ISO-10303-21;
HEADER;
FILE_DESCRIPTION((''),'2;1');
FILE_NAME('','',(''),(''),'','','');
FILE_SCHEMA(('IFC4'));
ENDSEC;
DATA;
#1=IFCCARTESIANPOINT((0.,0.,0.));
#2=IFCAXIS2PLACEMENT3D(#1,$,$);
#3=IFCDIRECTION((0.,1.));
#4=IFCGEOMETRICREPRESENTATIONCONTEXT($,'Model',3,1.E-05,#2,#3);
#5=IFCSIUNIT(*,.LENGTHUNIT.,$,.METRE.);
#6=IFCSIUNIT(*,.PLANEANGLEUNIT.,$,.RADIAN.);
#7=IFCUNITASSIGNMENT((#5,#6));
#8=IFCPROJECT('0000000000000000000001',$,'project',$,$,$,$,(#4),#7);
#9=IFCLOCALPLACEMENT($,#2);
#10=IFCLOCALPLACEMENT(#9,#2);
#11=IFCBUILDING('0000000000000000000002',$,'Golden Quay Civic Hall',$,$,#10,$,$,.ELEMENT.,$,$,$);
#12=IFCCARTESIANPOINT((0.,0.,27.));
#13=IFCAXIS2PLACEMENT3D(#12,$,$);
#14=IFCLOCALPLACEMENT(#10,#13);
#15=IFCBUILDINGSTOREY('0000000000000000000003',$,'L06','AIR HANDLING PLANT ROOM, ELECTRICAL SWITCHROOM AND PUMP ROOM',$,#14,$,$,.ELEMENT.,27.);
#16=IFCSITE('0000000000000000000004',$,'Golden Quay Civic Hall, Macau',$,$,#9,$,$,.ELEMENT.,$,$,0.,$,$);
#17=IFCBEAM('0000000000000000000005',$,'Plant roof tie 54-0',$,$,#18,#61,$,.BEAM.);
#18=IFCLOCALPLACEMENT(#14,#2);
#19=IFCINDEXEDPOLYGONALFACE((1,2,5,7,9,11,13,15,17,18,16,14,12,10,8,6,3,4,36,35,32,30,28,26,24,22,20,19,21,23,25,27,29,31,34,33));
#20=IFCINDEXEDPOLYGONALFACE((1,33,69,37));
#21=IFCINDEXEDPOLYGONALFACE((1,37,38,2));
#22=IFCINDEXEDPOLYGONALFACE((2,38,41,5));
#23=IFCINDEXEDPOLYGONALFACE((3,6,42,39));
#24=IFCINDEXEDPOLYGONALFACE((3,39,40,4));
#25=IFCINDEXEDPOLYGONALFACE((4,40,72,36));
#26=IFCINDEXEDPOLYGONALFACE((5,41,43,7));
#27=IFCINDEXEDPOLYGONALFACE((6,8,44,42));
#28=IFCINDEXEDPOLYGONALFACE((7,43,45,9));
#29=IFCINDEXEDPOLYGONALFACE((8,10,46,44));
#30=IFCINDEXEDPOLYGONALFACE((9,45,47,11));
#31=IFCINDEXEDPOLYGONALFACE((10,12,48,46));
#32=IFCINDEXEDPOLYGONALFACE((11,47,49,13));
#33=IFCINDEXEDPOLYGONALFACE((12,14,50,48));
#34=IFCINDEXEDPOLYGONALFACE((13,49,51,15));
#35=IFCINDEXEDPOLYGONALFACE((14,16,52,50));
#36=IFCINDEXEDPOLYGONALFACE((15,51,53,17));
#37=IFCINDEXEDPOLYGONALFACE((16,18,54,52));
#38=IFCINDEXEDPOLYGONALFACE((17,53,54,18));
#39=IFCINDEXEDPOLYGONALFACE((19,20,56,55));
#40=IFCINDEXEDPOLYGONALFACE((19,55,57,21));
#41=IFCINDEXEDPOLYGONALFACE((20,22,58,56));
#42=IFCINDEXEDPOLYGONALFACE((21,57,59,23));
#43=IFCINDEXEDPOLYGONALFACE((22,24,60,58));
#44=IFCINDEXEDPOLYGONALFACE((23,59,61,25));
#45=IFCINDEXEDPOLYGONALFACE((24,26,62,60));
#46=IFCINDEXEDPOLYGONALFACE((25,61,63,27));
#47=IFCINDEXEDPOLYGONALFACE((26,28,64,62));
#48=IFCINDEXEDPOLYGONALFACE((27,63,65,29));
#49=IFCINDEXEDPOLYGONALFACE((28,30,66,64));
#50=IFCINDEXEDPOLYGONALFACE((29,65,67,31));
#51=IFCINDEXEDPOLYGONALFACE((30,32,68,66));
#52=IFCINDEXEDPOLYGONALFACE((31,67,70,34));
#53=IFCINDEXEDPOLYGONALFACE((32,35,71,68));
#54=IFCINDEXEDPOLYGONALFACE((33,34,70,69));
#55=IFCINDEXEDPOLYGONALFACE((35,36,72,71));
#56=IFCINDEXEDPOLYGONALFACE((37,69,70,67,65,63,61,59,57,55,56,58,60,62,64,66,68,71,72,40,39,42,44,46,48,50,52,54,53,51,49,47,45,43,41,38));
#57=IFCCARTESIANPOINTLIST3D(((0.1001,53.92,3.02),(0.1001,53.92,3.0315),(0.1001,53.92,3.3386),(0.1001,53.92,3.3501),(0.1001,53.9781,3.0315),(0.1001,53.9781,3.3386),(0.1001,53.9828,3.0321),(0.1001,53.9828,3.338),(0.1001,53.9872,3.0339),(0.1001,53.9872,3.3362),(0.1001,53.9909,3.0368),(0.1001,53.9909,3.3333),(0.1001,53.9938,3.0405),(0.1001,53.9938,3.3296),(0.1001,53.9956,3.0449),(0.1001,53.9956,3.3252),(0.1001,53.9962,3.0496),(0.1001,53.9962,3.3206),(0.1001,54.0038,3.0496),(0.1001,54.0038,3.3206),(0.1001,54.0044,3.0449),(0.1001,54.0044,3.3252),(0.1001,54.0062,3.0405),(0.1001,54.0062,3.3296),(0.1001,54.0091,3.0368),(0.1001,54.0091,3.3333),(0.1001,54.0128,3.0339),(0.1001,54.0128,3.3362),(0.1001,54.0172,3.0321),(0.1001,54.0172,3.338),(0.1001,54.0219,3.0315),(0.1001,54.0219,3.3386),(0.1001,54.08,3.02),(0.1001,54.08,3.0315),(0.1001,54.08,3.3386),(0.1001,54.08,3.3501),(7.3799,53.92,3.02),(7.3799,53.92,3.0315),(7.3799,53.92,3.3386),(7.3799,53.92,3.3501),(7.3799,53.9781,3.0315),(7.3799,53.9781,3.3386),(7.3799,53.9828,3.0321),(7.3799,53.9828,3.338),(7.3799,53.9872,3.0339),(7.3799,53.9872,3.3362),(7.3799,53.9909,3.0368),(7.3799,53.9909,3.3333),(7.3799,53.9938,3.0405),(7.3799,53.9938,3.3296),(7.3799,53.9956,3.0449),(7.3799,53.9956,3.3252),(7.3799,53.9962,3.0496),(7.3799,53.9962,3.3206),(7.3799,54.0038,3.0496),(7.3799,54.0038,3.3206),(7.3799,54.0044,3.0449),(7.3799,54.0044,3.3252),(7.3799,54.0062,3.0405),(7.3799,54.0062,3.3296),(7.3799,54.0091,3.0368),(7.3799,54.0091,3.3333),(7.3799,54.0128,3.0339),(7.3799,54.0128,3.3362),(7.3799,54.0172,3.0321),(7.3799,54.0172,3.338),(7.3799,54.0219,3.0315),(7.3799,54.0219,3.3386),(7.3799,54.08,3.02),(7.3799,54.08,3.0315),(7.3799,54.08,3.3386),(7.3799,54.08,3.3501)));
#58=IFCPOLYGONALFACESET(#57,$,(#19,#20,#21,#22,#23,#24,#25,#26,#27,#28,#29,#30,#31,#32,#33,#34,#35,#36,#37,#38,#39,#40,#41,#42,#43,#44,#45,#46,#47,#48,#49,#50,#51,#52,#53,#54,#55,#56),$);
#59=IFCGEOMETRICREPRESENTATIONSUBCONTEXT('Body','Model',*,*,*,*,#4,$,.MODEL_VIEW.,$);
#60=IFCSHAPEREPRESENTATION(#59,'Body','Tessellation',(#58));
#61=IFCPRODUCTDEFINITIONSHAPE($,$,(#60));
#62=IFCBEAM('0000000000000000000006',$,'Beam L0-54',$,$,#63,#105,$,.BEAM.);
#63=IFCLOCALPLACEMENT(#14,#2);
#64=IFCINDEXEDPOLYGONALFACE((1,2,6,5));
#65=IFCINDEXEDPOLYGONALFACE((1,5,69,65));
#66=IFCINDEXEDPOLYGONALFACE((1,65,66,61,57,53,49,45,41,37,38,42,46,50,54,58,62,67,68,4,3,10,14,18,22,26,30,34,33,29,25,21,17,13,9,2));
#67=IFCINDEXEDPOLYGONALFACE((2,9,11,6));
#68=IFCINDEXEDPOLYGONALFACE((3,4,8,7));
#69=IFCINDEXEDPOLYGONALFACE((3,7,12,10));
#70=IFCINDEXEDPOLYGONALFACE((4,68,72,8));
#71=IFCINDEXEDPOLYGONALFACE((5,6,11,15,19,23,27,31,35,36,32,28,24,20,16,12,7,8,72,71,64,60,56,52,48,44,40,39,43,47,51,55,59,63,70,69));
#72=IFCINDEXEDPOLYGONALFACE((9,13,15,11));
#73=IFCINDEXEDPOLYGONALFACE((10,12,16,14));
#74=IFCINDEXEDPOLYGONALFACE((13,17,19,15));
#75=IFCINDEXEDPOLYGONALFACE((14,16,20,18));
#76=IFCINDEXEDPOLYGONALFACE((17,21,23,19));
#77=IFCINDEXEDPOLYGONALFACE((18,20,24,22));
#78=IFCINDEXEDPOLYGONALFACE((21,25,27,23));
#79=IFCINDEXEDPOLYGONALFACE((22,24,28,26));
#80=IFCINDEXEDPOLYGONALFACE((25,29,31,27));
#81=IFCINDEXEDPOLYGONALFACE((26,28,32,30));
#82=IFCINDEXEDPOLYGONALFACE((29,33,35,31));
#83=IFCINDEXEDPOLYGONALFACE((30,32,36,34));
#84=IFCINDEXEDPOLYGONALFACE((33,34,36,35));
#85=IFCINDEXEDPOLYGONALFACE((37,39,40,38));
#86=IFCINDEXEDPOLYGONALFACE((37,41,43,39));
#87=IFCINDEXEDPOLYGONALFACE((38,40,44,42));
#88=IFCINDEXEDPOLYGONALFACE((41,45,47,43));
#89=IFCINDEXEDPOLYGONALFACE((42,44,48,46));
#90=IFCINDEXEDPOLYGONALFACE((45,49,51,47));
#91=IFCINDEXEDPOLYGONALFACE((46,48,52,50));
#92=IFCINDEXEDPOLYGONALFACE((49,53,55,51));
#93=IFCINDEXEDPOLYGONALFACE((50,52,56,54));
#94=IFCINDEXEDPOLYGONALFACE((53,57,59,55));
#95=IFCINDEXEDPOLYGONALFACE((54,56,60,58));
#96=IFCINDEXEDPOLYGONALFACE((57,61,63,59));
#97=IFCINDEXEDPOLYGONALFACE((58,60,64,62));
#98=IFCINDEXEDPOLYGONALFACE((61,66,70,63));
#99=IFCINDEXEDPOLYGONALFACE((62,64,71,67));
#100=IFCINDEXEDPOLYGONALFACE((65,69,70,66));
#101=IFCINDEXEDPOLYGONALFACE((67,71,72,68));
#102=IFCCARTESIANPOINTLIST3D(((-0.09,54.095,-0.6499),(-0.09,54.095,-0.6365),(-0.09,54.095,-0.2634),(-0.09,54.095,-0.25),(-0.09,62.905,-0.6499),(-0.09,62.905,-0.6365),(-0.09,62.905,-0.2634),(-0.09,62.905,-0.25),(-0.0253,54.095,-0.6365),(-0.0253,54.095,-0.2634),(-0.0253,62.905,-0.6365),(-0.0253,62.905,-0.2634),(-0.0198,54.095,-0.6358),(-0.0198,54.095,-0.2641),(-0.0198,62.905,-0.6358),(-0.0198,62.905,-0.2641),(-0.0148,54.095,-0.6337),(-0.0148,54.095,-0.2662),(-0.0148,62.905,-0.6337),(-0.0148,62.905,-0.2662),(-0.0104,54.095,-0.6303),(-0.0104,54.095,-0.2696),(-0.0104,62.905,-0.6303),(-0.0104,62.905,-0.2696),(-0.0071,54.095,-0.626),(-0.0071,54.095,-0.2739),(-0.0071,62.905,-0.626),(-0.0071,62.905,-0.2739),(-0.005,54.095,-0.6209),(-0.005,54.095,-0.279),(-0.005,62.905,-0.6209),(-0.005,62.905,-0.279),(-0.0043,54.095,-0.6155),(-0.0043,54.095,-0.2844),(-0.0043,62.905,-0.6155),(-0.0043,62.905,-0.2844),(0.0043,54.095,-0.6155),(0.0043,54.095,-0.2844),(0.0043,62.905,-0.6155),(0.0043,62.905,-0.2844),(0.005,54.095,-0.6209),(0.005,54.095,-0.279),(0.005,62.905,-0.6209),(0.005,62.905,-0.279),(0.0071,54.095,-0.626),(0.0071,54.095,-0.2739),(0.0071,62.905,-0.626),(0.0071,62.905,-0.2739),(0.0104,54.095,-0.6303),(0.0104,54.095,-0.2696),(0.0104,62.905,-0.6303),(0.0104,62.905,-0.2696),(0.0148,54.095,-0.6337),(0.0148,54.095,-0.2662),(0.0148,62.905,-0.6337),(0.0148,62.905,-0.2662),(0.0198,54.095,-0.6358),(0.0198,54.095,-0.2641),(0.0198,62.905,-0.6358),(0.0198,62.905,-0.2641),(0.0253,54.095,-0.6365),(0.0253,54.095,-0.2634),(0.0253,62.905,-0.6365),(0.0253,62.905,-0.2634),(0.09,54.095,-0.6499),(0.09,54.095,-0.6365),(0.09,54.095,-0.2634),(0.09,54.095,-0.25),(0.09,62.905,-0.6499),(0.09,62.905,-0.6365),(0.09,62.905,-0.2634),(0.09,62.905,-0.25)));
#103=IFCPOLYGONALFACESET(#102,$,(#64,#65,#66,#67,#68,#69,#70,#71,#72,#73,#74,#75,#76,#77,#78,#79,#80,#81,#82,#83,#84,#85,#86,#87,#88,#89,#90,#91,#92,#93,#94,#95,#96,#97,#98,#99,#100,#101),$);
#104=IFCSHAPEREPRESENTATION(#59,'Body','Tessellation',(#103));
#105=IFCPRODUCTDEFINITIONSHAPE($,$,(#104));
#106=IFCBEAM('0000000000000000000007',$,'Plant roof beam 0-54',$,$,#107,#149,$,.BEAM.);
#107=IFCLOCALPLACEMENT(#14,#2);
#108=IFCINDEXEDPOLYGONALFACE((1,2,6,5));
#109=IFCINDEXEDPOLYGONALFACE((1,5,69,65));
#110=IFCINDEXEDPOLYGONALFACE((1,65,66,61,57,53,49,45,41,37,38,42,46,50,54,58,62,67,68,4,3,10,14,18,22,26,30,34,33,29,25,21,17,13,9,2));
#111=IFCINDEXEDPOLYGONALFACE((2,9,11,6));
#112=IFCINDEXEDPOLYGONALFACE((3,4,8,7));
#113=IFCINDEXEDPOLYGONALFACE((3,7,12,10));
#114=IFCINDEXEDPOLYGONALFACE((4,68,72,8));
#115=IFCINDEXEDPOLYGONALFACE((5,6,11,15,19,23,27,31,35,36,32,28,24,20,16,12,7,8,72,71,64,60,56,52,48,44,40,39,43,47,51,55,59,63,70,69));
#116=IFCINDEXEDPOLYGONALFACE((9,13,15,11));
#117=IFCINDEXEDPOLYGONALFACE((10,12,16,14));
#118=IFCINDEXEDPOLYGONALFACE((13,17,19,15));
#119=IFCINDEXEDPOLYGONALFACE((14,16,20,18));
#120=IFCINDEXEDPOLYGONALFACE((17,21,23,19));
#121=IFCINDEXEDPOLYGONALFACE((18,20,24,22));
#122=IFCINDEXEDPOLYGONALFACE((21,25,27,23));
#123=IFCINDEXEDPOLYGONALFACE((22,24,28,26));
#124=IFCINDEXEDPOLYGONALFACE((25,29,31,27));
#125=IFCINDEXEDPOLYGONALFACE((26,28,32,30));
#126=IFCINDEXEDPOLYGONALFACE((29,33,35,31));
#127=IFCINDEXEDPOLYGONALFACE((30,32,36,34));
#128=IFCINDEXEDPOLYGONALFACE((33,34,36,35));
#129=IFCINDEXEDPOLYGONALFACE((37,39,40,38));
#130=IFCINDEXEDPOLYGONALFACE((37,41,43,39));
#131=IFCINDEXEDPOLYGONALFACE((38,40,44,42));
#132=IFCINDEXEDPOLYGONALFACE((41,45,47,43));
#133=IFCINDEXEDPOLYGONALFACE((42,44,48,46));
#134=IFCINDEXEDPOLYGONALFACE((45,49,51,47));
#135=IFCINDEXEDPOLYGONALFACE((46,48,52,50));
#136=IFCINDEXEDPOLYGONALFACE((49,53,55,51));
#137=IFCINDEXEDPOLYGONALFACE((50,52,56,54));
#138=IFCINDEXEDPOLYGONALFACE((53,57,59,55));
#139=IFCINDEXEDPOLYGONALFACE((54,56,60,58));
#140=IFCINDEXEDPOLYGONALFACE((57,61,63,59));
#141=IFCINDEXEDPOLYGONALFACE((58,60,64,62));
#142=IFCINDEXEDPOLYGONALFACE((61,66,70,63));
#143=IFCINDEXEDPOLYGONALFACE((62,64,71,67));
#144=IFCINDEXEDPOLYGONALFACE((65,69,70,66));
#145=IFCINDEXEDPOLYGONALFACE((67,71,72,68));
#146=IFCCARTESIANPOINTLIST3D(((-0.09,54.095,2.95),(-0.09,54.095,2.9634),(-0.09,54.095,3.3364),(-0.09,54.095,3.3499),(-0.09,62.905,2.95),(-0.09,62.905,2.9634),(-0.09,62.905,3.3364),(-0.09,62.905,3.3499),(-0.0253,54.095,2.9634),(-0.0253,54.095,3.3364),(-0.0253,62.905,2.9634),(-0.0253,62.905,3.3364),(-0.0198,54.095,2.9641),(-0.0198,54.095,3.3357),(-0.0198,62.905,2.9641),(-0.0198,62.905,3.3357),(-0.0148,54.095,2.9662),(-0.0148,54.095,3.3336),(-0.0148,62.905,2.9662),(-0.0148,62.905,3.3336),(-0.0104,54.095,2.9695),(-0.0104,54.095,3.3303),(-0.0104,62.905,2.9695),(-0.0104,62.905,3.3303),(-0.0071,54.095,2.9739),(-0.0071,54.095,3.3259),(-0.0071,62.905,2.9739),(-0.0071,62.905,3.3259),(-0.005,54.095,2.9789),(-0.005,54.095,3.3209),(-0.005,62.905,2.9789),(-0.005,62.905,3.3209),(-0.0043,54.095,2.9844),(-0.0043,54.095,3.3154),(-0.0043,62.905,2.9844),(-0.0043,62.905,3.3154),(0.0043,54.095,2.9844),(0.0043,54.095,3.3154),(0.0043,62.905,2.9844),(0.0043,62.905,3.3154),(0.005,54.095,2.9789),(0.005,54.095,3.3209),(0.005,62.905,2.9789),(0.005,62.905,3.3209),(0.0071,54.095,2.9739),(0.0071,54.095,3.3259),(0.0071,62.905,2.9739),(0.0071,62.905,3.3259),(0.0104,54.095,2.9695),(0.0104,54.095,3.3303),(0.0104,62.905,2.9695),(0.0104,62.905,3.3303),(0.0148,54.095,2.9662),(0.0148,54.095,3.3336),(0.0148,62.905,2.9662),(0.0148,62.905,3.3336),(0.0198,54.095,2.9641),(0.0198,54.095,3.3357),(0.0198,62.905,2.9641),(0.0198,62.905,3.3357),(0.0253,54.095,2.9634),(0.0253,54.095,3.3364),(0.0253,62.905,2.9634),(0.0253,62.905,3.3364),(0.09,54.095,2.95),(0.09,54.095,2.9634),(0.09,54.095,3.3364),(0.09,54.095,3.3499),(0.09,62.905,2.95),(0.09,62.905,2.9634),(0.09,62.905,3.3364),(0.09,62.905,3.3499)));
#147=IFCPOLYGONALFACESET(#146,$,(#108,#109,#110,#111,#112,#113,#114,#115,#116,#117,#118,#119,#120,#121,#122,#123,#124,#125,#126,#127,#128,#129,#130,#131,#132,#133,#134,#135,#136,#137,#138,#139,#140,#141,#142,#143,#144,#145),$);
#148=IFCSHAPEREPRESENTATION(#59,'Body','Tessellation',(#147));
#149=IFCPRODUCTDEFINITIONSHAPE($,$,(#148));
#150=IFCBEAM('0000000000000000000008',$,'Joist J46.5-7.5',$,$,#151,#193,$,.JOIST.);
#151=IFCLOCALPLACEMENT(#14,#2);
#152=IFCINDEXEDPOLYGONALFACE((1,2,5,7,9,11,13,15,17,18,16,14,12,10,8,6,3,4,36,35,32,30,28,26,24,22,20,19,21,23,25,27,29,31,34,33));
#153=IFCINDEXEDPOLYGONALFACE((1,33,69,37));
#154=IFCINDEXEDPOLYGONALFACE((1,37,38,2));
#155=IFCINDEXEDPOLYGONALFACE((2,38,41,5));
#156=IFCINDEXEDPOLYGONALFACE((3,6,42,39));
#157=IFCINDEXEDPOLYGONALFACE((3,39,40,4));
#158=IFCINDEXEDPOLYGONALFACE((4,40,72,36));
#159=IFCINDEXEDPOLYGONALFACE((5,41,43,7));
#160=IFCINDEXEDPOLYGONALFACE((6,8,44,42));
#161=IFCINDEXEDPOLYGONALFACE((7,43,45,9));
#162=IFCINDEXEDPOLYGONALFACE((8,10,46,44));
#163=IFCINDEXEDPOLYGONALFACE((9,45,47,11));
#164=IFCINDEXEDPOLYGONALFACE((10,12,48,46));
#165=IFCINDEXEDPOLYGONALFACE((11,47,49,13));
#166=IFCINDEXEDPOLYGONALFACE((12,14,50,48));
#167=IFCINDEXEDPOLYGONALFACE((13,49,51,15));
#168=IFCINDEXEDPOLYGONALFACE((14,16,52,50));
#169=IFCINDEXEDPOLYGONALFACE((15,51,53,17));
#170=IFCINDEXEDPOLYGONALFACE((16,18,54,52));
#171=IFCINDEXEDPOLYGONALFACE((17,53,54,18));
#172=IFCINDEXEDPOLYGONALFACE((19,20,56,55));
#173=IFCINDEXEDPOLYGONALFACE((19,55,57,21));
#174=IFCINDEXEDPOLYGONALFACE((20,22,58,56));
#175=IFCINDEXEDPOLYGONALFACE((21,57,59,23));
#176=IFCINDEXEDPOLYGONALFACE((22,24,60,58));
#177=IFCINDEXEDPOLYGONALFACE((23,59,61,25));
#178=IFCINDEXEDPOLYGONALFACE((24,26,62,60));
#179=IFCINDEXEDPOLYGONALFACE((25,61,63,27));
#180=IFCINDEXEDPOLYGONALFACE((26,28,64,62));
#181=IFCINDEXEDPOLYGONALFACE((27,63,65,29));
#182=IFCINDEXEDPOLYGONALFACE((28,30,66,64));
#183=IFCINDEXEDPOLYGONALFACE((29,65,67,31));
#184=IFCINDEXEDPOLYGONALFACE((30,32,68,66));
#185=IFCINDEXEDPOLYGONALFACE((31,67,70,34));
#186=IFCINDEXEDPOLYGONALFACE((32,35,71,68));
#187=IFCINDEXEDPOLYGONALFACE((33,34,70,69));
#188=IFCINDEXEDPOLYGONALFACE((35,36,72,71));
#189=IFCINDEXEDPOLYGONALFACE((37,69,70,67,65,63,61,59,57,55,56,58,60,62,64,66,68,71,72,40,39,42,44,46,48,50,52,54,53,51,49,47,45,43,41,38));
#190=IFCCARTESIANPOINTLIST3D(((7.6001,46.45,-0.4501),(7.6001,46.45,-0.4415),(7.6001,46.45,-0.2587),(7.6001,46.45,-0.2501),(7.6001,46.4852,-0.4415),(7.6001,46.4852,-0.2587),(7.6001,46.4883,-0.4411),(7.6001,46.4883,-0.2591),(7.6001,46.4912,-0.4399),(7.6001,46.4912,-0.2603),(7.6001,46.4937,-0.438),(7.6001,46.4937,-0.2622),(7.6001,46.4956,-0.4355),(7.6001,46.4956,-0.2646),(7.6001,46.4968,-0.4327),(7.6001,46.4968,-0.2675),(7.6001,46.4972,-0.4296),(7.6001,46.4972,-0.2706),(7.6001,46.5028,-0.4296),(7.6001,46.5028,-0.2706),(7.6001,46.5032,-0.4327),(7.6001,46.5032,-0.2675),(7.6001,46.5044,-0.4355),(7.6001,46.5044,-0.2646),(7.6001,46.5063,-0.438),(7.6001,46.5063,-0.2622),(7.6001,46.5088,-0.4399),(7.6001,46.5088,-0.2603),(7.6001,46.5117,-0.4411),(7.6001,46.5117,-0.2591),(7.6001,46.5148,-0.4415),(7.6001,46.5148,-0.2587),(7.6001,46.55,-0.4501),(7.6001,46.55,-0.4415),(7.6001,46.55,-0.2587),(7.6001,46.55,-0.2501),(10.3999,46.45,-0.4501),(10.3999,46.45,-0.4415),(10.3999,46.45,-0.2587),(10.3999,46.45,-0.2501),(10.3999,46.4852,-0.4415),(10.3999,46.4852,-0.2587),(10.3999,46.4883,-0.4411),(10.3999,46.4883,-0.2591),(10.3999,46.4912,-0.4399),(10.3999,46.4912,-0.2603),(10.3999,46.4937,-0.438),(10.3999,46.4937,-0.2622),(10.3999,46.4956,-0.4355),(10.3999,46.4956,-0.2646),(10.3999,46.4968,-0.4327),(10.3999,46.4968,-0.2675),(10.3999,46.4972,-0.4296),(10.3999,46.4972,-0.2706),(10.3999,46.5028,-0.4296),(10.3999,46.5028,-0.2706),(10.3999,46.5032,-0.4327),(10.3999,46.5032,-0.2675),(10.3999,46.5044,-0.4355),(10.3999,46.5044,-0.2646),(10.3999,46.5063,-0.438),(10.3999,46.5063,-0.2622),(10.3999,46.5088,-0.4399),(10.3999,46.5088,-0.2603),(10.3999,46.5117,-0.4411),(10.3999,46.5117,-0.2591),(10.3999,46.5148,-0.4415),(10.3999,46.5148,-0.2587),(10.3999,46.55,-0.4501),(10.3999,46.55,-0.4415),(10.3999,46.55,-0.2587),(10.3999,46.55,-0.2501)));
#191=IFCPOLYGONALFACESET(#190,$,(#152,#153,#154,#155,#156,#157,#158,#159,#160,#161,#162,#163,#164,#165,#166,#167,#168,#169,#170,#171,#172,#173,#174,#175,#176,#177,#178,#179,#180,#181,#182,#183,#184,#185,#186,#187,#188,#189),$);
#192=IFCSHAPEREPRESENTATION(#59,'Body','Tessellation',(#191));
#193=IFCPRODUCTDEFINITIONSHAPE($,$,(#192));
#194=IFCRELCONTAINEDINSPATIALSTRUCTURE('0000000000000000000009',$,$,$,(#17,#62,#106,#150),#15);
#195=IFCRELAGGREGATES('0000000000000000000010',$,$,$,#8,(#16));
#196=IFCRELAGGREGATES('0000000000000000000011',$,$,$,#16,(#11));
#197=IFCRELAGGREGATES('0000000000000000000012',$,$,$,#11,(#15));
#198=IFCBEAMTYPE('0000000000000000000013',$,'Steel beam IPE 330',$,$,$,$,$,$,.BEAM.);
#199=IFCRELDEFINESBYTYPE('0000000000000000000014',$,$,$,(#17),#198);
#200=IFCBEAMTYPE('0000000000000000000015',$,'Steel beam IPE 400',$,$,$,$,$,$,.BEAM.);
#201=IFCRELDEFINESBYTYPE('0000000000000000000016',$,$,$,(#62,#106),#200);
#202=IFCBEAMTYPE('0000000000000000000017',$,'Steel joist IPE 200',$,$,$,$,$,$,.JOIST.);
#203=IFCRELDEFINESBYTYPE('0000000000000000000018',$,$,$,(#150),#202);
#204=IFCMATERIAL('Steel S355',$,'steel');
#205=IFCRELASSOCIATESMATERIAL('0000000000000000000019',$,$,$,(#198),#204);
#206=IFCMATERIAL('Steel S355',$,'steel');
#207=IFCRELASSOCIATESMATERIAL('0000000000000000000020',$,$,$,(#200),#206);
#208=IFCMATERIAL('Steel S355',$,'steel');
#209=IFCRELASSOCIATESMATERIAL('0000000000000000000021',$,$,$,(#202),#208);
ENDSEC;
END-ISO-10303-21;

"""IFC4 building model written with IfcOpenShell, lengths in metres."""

from ifc_helpers import new_model, si_unit, direction, frame, origin, origin_2d, place, context, subcontext, project, spatial, i_section, extrude, material, material_profile, profile_set, type_object, element, save


model = new_model("IFC4")

# Units and contexts
model_context = context("Model", 3, precision=1e-05, world=origin(), true_north=direction((0.0, 1.0)))
body_context = subcontext(model_context, "Body", "Model", "MODEL_VIEW")
ifc_project = project(units=[si_unit("LENGTHUNIT", "METRE"), si_unit("PLANEANGLEUNIT", "RADIAN")], contexts=[model_context])

# Site, building, storey
site_placement = place(None, origin())
site = spatial("IfcSite", under=ifc_project, at=site_placement, Name="Golden Quay Civic Hall, Macau", CompositionType="ELEMENT", RefElevation=0.0)
building_placement = place(site_placement, origin())
building = spatial("IfcBuilding", under=site, at=building_placement, Name="Golden Quay Civic Hall", CompositionType="ELEMENT")
storey_placement = place(building_placement, frame((0.0, 0.0, 27.0)))
storey = spatial("IfcBuildingStorey", under=building, at=storey_placement, Name="L06", Description="AIR HANDLING PLANT ROOM, ELECTRICAL SWITCHROOM AND PUMP ROOM", CompositionType="ELEMENT", Elevation=27.0)

# Beams
ifc_material_1 = material(Name="Steel S355", Category="steel")
ifc_material_profile_1 = material_profile(ifc_material_1, i_section(OverallWidth=0.1599, OverallDepth=0.3301, WebThickness=0.0076, FlangeThickness=0.0115, FilletRadius=0.0181, at=origin_2d()), Name="IPE 330")
ifc_profile_set_1 = profile_set([ifc_material_profile_1], Name="Steel S355")
beam_type_1 = type_object("IfcBeamType", Name="Steel beam IPE 330", PredefinedType="BEAM", material=ifc_profile_set_1)
for number, where, z_axis, x_axis, name in (
    (1, (0.1001, 54.0, 3.1851), (1.0, 0.0, 0.0), (0.0, 1.0, 0.0), "Plant roof tie 54-0"),
):
    element("IfcBeam", number, at=place(storey_placement, frame(where, z_axis=z_axis, x_axis=x_axis)), inside=storey, type_object=beam_type_1, Name=name, PredefinedType="BEAM", context=body_context, shape_type="SweptSolid", body=[
        extrude(i_section(OverallWidth=0.1599, OverallDepth=0.3301, WebThickness=0.0076, FlangeThickness=0.0115, FilletRadius=0.0181, at=origin_2d()), origin(), (0.0, 0.0, 1.0), 7.2798),
    ])
ifc_material_2 = material(Name="Steel S355", Category="steel")
ifc_material_profile_2 = material_profile(ifc_material_2, i_section(OverallWidth=0.1799, OverallDepth=0.3999, WebThickness=0.0085, FlangeThickness=0.0134, FilletRadius=0.021, at=origin_2d()), Name="IPE 400")
ifc_profile_set_2 = profile_set([ifc_material_profile_2], Name="Steel S355")
beam_type_2 = type_object("IfcBeamType", Name="Steel beam IPE 400", PredefinedType="BEAM", material=ifc_profile_set_2)
for number, where, z_axis, x_axis, name in (
    (2, (0.0, 54.095, -0.45), (0.0, 1.0, 0.0), (-1.0, 0.0, 0.0), "Beam L0-54"),
    (3, (0.0, 54.095, 3.1499), (0.0, 1.0, 0.0), (-1.0, 0.0, 0.0), "Plant roof beam 0-54"),
):
    element("IfcBeam", number, at=place(storey_placement, frame(where, z_axis=z_axis, x_axis=x_axis)), inside=storey, type_object=beam_type_2, Name=name, PredefinedType="BEAM", context=body_context, shape_type="SweptSolid", body=[
        extrude(i_section(OverallWidth=0.1799, OverallDepth=0.3999, WebThickness=0.0085, FlangeThickness=0.0134, FilletRadius=0.021, at=origin_2d()), origin(), (0.0, 0.0, 1.0), 8.8101),
    ])
ifc_material_3 = material(Name="Steel S355", Category="steel")
ifc_material_profile_3 = material_profile(ifc_material_3, i_section(OverallWidth=0.1001, OverallDepth=0.2, WebThickness=0.0056, FlangeThickness=0.0085, FilletRadius=0.012, at=origin_2d()), Name="IPE 200")
ifc_profile_set_3 = profile_set([ifc_material_profile_3], Name="Steel S355")
beam_type_3 = type_object("IfcBeamType", Name="Steel joist IPE 200", PredefinedType="JOIST", material=ifc_profile_set_3)
for number, where, z_axis, x_axis, name in (
    (4, (7.6001, 46.5, -0.3501), (1.0, 0.0, 0.0), (0.0, 1.0, 0.0), "Joist J46.5-7.5"),
):
    element("IfcBeam", number, at=place(storey_placement, frame(where, z_axis=z_axis, x_axis=x_axis)), inside=storey, type_object=beam_type_3, Name=name, PredefinedType="JOIST", context=body_context, shape_type="SweptSolid", body=[
        extrude(i_section(OverallWidth=0.1001, OverallDepth=0.2, WebThickness=0.0056, FlangeThickness=0.0085, FilletRadius=0.012, at=origin_2d()), origin(), (0.0, 0.0, 1.0), 2.7998),
    ])

save(model, "model.ifc")
